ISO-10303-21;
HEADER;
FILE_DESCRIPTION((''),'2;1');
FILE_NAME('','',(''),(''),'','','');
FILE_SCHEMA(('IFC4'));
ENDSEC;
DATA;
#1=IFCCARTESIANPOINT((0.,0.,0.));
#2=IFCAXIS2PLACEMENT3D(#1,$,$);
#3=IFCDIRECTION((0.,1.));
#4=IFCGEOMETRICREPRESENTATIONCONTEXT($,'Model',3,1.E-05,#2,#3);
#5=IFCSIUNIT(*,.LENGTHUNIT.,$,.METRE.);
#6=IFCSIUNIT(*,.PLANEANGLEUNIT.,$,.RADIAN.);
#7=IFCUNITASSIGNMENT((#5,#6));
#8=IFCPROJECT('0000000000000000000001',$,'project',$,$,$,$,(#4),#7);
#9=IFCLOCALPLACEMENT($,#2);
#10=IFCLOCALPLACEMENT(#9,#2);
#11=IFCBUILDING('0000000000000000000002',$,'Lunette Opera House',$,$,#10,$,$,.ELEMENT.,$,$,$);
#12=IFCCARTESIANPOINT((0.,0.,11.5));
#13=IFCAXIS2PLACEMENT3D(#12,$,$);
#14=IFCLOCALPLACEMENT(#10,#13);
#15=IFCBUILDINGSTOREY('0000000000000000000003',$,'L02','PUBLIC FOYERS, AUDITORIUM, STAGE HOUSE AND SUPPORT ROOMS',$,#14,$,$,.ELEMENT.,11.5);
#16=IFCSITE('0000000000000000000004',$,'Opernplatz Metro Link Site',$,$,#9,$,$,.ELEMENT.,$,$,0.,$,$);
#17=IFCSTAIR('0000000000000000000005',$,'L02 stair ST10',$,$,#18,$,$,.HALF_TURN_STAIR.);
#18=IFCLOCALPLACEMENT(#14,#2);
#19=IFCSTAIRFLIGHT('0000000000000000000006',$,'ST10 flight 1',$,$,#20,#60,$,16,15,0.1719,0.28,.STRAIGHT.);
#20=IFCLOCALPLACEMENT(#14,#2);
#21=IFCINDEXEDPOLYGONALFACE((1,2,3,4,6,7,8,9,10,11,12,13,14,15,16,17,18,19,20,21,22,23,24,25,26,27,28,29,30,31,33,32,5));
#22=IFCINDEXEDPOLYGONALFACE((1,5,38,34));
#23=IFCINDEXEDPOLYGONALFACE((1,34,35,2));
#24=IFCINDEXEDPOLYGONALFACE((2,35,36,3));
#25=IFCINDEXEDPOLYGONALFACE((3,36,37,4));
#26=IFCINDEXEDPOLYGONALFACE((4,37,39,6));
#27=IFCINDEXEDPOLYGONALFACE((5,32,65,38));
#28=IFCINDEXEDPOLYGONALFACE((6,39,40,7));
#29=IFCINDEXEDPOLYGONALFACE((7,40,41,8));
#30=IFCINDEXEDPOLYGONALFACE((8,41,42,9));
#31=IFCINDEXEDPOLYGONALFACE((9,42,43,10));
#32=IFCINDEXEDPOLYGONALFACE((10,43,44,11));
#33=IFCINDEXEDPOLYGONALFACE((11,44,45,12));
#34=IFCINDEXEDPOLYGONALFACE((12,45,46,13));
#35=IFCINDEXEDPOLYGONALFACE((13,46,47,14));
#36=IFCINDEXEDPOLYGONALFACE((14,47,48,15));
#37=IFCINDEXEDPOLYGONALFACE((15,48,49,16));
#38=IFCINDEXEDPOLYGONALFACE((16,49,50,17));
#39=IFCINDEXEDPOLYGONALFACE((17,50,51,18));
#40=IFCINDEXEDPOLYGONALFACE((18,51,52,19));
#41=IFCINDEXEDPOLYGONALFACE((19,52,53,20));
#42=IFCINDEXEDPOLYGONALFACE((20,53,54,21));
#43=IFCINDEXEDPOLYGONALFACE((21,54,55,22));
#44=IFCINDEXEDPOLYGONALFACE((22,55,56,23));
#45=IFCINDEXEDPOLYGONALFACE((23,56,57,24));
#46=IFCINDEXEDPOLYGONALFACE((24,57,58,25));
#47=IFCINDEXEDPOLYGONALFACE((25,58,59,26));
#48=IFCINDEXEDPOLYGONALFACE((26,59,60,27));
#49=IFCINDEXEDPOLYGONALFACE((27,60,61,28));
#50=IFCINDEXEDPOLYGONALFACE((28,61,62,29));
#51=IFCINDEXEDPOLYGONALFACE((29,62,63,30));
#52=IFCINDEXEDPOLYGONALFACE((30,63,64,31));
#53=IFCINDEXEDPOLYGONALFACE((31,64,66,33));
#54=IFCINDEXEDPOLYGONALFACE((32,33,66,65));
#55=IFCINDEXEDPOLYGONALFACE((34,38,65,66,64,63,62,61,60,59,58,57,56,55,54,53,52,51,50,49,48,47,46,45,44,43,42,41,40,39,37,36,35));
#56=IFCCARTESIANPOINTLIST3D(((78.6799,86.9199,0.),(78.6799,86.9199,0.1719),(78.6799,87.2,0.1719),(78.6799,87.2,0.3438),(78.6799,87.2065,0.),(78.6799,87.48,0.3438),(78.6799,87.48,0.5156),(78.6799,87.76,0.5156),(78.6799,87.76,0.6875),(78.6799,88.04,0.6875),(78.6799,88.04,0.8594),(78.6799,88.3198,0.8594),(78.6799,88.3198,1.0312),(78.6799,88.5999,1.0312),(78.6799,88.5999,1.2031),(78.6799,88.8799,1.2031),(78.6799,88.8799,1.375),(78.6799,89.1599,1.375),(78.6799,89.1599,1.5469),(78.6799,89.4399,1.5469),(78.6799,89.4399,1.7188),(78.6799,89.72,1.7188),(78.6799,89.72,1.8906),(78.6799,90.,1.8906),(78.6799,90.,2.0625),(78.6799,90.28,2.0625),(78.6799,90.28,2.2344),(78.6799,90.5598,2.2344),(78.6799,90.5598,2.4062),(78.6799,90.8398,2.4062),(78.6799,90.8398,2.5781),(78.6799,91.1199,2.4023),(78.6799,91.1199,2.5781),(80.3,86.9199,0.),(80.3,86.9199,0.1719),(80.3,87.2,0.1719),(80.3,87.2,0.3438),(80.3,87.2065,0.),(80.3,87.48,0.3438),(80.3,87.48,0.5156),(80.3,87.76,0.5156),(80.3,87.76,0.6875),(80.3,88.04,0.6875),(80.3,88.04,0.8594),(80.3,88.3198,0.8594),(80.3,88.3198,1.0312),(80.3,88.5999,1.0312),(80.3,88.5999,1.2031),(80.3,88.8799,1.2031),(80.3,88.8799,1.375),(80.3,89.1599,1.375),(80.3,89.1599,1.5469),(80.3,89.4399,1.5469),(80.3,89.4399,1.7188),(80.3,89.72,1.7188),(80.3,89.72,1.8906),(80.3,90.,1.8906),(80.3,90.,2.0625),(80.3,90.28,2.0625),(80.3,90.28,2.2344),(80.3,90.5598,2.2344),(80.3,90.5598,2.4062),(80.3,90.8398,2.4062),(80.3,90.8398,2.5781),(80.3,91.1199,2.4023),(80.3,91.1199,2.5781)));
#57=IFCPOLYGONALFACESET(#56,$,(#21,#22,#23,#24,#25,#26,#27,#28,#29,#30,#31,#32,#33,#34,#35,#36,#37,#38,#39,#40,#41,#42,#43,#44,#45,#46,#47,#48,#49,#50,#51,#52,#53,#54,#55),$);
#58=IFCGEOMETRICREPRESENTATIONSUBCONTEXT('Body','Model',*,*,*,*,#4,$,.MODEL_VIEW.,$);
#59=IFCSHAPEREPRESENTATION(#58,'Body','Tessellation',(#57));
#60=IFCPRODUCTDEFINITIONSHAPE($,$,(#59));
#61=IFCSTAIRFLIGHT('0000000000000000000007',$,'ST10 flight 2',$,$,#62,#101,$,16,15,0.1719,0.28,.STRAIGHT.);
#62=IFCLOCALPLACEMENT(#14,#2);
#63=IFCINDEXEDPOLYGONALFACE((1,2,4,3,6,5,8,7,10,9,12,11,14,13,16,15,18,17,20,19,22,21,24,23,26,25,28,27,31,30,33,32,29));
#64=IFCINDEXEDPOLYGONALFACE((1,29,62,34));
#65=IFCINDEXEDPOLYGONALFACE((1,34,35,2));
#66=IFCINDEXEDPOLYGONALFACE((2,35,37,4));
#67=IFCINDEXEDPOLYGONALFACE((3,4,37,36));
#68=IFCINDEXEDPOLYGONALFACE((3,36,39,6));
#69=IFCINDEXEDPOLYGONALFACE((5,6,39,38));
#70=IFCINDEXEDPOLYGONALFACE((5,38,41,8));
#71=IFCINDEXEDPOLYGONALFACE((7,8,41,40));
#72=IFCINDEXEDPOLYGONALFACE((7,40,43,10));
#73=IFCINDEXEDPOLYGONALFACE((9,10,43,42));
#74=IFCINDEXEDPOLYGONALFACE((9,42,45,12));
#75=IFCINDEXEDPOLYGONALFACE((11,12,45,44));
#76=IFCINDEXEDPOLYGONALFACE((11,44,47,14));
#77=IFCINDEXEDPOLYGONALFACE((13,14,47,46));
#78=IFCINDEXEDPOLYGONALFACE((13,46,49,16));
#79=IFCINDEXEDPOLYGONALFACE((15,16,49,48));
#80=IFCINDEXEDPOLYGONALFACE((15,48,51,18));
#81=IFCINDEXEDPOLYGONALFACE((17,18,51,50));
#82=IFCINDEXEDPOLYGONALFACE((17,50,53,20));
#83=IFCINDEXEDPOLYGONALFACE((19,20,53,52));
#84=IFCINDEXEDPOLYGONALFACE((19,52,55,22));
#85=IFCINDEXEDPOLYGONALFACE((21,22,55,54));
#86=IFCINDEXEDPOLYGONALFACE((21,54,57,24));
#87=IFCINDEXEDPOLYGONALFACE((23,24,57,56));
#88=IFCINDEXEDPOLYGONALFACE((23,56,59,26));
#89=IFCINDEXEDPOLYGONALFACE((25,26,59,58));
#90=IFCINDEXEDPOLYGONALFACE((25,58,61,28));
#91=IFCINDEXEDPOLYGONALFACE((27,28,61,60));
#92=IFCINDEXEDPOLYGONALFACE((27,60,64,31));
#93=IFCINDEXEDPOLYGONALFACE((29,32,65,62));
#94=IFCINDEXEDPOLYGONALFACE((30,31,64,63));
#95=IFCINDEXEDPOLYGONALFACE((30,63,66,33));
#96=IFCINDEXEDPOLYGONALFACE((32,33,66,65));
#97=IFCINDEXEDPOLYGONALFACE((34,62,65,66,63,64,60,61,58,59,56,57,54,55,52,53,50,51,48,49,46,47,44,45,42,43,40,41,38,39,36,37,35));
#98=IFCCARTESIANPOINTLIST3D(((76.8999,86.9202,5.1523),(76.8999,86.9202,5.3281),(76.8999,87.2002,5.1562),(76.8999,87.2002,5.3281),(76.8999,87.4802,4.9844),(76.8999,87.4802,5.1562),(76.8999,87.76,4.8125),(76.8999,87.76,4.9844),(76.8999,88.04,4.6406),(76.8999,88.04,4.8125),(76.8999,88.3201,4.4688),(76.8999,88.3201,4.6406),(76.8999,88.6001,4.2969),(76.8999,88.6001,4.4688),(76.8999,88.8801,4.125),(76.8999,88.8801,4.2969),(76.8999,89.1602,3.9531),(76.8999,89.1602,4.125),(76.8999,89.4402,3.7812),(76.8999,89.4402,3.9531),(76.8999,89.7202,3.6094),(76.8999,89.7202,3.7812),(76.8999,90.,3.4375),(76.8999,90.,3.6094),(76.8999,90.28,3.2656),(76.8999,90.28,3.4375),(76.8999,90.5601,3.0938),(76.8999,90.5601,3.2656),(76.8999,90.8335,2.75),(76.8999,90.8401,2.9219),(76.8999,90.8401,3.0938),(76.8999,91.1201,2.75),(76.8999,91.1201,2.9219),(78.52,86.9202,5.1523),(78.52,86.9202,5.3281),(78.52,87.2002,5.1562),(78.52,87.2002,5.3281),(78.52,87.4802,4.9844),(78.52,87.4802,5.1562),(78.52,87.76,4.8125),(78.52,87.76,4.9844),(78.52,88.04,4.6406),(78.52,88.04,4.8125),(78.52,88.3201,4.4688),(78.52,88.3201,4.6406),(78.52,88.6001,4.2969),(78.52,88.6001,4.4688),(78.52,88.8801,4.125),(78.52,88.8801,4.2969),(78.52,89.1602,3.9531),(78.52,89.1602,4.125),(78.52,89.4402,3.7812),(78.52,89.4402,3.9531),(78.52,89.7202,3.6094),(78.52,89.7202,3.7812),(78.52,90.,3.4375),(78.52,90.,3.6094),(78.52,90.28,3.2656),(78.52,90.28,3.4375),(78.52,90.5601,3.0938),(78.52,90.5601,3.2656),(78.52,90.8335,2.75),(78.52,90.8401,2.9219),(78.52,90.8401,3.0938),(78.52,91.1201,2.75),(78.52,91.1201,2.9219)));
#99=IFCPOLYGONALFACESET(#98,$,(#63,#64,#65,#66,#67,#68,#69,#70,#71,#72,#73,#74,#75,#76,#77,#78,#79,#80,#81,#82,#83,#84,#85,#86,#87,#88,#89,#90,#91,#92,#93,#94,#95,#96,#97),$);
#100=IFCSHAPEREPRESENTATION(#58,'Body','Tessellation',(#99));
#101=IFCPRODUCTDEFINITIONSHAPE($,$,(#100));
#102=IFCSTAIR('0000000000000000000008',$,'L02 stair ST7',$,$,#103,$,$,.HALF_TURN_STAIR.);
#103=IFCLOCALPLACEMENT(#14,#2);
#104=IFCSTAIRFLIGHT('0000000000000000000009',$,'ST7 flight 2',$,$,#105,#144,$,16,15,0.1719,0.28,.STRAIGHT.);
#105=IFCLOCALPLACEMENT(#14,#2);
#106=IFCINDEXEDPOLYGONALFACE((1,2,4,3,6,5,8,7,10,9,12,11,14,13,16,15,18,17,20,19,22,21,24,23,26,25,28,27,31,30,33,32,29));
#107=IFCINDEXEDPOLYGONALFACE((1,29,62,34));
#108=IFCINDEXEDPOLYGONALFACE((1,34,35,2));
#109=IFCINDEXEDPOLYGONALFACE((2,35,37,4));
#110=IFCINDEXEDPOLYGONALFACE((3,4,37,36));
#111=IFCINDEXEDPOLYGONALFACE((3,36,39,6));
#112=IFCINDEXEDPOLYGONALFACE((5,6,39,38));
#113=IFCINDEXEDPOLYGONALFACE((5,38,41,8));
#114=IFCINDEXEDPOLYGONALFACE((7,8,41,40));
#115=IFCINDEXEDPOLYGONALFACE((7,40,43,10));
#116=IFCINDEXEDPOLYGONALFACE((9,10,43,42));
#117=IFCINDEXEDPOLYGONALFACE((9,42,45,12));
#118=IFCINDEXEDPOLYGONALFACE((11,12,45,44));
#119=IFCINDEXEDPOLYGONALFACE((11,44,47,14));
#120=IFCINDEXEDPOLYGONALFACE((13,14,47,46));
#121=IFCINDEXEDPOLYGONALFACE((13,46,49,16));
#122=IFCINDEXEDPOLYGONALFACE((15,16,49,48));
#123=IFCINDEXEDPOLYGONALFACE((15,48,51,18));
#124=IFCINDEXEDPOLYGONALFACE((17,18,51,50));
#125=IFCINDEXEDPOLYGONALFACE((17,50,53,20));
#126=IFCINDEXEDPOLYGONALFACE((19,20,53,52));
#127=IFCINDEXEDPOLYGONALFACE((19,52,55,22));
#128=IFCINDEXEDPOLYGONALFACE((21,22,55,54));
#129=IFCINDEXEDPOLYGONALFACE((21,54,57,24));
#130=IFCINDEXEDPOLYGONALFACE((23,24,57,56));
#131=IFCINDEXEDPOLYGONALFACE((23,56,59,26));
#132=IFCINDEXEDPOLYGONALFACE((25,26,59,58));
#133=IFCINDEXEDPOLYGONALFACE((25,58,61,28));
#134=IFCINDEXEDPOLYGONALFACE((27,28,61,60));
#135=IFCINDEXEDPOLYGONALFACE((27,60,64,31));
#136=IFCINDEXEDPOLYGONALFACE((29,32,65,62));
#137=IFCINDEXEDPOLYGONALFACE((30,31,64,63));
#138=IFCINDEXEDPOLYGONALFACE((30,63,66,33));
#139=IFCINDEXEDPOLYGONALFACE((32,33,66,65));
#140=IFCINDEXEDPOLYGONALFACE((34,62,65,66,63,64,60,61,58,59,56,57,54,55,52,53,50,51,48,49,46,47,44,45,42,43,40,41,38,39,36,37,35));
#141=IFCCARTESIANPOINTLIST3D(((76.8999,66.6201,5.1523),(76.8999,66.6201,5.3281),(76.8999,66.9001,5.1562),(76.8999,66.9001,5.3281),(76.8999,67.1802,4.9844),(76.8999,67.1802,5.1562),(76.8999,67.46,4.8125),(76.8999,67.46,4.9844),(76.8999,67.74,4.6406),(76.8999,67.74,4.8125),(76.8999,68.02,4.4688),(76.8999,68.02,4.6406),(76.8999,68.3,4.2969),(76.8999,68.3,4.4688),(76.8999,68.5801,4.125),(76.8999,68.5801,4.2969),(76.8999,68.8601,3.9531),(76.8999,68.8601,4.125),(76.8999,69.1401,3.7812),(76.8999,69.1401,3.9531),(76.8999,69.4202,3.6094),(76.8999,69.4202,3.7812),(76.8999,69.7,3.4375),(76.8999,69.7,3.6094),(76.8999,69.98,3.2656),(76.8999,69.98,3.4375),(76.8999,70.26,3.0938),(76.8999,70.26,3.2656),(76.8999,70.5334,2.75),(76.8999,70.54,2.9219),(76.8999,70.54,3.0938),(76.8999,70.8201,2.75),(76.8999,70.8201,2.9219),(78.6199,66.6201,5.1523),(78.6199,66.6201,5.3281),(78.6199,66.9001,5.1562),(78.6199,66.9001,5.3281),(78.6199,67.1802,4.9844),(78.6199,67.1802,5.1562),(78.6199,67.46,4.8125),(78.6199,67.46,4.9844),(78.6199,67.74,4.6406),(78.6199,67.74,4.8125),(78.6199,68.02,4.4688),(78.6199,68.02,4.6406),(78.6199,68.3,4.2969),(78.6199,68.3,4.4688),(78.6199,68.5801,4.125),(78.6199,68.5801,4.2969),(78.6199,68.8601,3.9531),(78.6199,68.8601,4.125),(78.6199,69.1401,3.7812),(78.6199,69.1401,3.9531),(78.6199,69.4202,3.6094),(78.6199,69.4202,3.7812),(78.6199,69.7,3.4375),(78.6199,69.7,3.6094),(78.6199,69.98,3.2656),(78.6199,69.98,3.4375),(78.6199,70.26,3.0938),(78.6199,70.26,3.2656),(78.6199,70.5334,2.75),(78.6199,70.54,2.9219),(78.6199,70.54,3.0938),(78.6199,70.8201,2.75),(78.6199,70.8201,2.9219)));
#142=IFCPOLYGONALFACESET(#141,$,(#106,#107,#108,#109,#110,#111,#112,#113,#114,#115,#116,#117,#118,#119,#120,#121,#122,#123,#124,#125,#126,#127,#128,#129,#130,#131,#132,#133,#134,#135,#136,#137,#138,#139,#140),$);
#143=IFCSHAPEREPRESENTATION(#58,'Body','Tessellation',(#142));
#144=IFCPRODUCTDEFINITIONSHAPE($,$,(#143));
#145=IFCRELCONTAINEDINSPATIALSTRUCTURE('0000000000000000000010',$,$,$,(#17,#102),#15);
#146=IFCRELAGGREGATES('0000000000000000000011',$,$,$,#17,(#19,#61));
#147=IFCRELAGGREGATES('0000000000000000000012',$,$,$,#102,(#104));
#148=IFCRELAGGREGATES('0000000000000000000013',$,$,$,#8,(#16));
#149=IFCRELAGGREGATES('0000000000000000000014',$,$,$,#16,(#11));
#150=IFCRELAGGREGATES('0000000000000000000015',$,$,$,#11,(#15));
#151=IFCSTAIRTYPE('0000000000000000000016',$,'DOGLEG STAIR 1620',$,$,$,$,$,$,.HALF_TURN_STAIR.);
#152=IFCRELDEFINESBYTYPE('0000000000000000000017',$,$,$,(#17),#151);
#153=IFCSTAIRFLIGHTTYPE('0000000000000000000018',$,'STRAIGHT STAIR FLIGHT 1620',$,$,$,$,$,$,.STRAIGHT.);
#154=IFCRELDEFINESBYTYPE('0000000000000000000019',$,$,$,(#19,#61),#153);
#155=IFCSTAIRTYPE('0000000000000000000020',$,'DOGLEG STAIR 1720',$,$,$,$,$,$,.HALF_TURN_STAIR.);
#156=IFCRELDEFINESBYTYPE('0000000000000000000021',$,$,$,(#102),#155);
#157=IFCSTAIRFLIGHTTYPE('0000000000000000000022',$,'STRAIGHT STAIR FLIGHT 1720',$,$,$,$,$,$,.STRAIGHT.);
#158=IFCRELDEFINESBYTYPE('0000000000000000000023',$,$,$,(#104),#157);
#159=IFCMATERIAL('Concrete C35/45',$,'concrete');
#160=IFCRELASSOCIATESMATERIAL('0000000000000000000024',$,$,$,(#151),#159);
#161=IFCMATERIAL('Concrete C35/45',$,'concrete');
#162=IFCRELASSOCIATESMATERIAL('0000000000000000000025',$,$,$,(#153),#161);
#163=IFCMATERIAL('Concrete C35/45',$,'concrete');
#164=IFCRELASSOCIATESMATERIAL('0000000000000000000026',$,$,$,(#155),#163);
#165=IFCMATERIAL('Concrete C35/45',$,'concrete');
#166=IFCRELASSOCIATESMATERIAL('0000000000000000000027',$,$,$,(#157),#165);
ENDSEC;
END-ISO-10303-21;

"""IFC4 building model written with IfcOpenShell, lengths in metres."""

from ifc_helpers import new_model, si_unit, direction, frame, origin, place, context, subcontext, project, spatial, polyline, outline, extrude, material, type_object, element, aggregate, save


model = new_model("IFC4")

# Units and contexts
model_context = context("Model", 3, precision=1e-05, world=origin(), true_north=direction((0.0, 1.0)))
body_context = subcontext(model_context, "Body", "Model", "MODEL_VIEW")
ifc_project = project(units=[si_unit("LENGTHUNIT", "METRE"), si_unit("PLANEANGLEUNIT", "RADIAN")], contexts=[model_context])

# Site, building, storey
site_placement = place(None, origin())
site = spatial("IfcSite", under=ifc_project, at=site_placement, Name="Opernplatz Metro Link Site", CompositionType="ELEMENT", RefElevation=0.0)
building_placement = place(site_placement, origin())
building = spatial("IfcBuilding", under=site, at=building_placement, Name="Lunette Opera House", CompositionType="ELEMENT")
storey_placement = place(building_placement, frame((0.0, 0.0, 11.5)))
storey = spatial("IfcBuildingStorey", under=building, at=storey_placement, Name="L02", Description="PUBLIC FOYERS, AUDITORIUM, STAGE HOUSE AND SUPPORT ROOMS", CompositionType="ELEMENT", Elevation=11.5)

# Stair, stair flights
ifc_material_1 = material(Name="Concrete C35/45", Category="concrete")
stair_type_1 = type_object("IfcStairType", Name="DOGLEG STAIR 1620", PredefinedType="HALF_TURN_STAIR", material=ifc_material_1)
stair_1_placement = place(storey_placement, origin())
stair_1 = element("IfcStair", 1, at=stair_1_placement, inside=storey, type_object=stair_type_1, Name="L02 stair ST10", PredefinedType="HALF_TURN_STAIR")
ifc_material_2 = material(Name="Concrete C35/45", Category="concrete")
stair_flight_type_1 = type_object("IfcStairFlightType", Name="STRAIGHT STAIR FLIGHT 1620", PredefinedType="STRAIGHT", material=ifc_material_2)
stair_flight_1_placement = place(storey_placement, frame((79.49, 86.9199, 0.0), z_axis=(0.0, 0.0, 1.0), x_axis=(0.0, 1.0, 0.0)))
stair_flight_1 = element("IfcStairFlight", 2, at=stair_flight_1_placement, type_object=stair_flight_type_1, Name="ST10 flight 1", NumberOfRisers=16, NumberOfTreads=15, PredefinedType="STRAIGHT", RiserHeight=0.1719, TreadLength=0.28, context=body_context, shape_type="SweptSolid", body=[
    extrude(outline(polyline([(0.0, 0.0), (0.0, 0.1719), (0.28, 0.1719), (0.28, 0.3438), (0.5601, 0.3438), (0.5601, 0.5156), (0.8401, 0.5156), (0.8401, 0.6875), (1.1201, 0.6875), (1.1201, 0.8594), (1.3999, 0.8594), (1.3999, 1.0312), (1.6799, 1.0312), (1.6799, 1.2031), (1.96, 1.2031), (1.96, 1.375), (2.24, 1.375), (2.24, 1.5469), (2.52, 1.5469), (2.52, 1.7188), (2.8, 1.7188), (2.8, 1.8906), (3.0801, 1.8906), (3.0801, 2.0625), (3.3601, 2.0625), (3.3601, 2.2344), (3.6399, 2.2344), (3.6399, 2.4062), (3.9199, 2.4062), (3.9199, 2.5781), (4.2, 2.5781), (4.2, 2.75), (4.2, 2.4023), (0.2866, 0.0), (0.0, 0.0)])), frame((0.0, 0.8101, 0.0), z_axis=(0.0, -1.0, 0.0), x_axis=(1.0, 0.0, 0.0)), (0.0, 0.0, 1.0), 1.6201),
])
stair_flight_2_placement = place(storey_placement, frame((77.71, 91.1201, 2.75), z_axis=(0.0, 0.0, 1.0), x_axis=(0.0, -1.0, 0.0)))
stair_flight_2 = element("IfcStairFlight", 3, at=stair_flight_2_placement, type_object=stair_flight_type_1, Name="ST10 flight 2", NumberOfRisers=16, NumberOfTreads=15, PredefinedType="STRAIGHT", RiserHeight=0.1719, TreadLength=0.28, context=body_context, shape_type="SweptSolid", body=[
    extrude(outline(polyline([(0.0, 0.0), (0.0, 0.1719), (0.28, 0.1719), (0.28, 0.3438), (0.5601, 0.3438), (0.5601, 0.5156), (0.8401, 0.5156), (0.8401, 0.6875), (1.1201, 0.6875), (1.1201, 0.8594), (1.3999, 0.8594), (1.3999, 1.0312), (1.6799, 1.0312), (1.6799, 1.2031), (1.96, 1.2031), (1.96, 1.375), (2.24, 1.375), (2.24, 1.5469), (2.52, 1.5469), (2.52, 1.7188), (2.8, 1.7188), (2.8, 1.8906), (3.0801, 1.8906), (3.0801, 2.0625), (3.3601, 2.0625), (3.3601, 2.2344), (3.6399, 2.2344), (3.6399, 2.4062), (3.9199, 2.4062), (3.9199, 2.5781), (4.2, 2.5781), (4.2, 2.75), (4.2, 2.4023), (0.2866, 0.0), (0.0, 0.0)])), frame((0.0, 0.8101, 0.0), z_axis=(0.0, -1.0, 0.0), x_axis=(1.0, 0.0, 0.0)), (0.0, 0.0, 1.0), 1.6201),
])
aggregate(stair_1, [stair_flight_1, stair_flight_2])

# Stair, stair flight
ifc_material_3 = material(Name="Concrete C35/45", Category="concrete")
stair_type_2 = type_object("IfcStairType", Name="DOGLEG STAIR 1720", PredefinedType="HALF_TURN_STAIR", material=ifc_material_3)
stair_2_placement = place(storey_placement, origin())
stair_2 = element("IfcStair", 4, at=stair_2_placement, inside=storey, type_object=stair_type_2, Name="L02 stair ST7", PredefinedType="HALF_TURN_STAIR")
ifc_material_4 = material(Name="Concrete C35/45", Category="concrete")
stair_flight_type_2 = type_object("IfcStairFlightType", Name="STRAIGHT STAIR FLIGHT 1720", PredefinedType="STRAIGHT", material=ifc_material_4)
stair_flight_3_placement = place(storey_placement, frame((77.76, 70.8201, 2.75), z_axis=(0.0, 0.0, 1.0), x_axis=(0.0, -1.0, 0.0)))
stair_flight_3 = element("IfcStairFlight", 5, at=stair_flight_3_placement, type_object=stair_flight_type_2, Name="ST7 flight 2", NumberOfRisers=16, NumberOfTreads=15, PredefinedType="STRAIGHT", RiserHeight=0.1719, TreadLength=0.28, context=body_context, shape_type="SweptSolid", body=[
    extrude(outline(polyline([(0.0, 0.0), (0.0, 0.1719), (0.28, 0.1719), (0.28, 0.3438), (0.5601, 0.3438), (0.5601, 0.5156), (0.8401, 0.5156), (0.8401, 0.6875), (1.1201, 0.6875), (1.1201, 0.8594), (1.3999, 0.8594), (1.3999, 1.0312), (1.6799, 1.0312), (1.6799, 1.2031), (1.96, 1.2031), (1.96, 1.375), (2.24, 1.375), (2.24, 1.5469), (2.52, 1.5469), (2.52, 1.7188), (2.8, 1.7188), (2.8, 1.8906), (3.0801, 1.8906), (3.0801, 2.0625), (3.3601, 2.0625), (3.3601, 2.2344), (3.6399, 2.2344), (3.6399, 2.4062), (3.9199, 2.4062), (3.9199, 2.5781), (4.2, 2.5781), (4.2, 2.75), (4.2, 2.4023), (0.2866, 0.0), (0.0, 0.0)])), frame((0.0, 0.8599, 0.0), z_axis=(0.0, -1.0, 0.0), x_axis=(1.0, 0.0, 0.0)), (0.0, 0.0, 1.0), 1.72),
])
aggregate(stair_2, [stair_flight_3])

save(model, "model.ifc")
